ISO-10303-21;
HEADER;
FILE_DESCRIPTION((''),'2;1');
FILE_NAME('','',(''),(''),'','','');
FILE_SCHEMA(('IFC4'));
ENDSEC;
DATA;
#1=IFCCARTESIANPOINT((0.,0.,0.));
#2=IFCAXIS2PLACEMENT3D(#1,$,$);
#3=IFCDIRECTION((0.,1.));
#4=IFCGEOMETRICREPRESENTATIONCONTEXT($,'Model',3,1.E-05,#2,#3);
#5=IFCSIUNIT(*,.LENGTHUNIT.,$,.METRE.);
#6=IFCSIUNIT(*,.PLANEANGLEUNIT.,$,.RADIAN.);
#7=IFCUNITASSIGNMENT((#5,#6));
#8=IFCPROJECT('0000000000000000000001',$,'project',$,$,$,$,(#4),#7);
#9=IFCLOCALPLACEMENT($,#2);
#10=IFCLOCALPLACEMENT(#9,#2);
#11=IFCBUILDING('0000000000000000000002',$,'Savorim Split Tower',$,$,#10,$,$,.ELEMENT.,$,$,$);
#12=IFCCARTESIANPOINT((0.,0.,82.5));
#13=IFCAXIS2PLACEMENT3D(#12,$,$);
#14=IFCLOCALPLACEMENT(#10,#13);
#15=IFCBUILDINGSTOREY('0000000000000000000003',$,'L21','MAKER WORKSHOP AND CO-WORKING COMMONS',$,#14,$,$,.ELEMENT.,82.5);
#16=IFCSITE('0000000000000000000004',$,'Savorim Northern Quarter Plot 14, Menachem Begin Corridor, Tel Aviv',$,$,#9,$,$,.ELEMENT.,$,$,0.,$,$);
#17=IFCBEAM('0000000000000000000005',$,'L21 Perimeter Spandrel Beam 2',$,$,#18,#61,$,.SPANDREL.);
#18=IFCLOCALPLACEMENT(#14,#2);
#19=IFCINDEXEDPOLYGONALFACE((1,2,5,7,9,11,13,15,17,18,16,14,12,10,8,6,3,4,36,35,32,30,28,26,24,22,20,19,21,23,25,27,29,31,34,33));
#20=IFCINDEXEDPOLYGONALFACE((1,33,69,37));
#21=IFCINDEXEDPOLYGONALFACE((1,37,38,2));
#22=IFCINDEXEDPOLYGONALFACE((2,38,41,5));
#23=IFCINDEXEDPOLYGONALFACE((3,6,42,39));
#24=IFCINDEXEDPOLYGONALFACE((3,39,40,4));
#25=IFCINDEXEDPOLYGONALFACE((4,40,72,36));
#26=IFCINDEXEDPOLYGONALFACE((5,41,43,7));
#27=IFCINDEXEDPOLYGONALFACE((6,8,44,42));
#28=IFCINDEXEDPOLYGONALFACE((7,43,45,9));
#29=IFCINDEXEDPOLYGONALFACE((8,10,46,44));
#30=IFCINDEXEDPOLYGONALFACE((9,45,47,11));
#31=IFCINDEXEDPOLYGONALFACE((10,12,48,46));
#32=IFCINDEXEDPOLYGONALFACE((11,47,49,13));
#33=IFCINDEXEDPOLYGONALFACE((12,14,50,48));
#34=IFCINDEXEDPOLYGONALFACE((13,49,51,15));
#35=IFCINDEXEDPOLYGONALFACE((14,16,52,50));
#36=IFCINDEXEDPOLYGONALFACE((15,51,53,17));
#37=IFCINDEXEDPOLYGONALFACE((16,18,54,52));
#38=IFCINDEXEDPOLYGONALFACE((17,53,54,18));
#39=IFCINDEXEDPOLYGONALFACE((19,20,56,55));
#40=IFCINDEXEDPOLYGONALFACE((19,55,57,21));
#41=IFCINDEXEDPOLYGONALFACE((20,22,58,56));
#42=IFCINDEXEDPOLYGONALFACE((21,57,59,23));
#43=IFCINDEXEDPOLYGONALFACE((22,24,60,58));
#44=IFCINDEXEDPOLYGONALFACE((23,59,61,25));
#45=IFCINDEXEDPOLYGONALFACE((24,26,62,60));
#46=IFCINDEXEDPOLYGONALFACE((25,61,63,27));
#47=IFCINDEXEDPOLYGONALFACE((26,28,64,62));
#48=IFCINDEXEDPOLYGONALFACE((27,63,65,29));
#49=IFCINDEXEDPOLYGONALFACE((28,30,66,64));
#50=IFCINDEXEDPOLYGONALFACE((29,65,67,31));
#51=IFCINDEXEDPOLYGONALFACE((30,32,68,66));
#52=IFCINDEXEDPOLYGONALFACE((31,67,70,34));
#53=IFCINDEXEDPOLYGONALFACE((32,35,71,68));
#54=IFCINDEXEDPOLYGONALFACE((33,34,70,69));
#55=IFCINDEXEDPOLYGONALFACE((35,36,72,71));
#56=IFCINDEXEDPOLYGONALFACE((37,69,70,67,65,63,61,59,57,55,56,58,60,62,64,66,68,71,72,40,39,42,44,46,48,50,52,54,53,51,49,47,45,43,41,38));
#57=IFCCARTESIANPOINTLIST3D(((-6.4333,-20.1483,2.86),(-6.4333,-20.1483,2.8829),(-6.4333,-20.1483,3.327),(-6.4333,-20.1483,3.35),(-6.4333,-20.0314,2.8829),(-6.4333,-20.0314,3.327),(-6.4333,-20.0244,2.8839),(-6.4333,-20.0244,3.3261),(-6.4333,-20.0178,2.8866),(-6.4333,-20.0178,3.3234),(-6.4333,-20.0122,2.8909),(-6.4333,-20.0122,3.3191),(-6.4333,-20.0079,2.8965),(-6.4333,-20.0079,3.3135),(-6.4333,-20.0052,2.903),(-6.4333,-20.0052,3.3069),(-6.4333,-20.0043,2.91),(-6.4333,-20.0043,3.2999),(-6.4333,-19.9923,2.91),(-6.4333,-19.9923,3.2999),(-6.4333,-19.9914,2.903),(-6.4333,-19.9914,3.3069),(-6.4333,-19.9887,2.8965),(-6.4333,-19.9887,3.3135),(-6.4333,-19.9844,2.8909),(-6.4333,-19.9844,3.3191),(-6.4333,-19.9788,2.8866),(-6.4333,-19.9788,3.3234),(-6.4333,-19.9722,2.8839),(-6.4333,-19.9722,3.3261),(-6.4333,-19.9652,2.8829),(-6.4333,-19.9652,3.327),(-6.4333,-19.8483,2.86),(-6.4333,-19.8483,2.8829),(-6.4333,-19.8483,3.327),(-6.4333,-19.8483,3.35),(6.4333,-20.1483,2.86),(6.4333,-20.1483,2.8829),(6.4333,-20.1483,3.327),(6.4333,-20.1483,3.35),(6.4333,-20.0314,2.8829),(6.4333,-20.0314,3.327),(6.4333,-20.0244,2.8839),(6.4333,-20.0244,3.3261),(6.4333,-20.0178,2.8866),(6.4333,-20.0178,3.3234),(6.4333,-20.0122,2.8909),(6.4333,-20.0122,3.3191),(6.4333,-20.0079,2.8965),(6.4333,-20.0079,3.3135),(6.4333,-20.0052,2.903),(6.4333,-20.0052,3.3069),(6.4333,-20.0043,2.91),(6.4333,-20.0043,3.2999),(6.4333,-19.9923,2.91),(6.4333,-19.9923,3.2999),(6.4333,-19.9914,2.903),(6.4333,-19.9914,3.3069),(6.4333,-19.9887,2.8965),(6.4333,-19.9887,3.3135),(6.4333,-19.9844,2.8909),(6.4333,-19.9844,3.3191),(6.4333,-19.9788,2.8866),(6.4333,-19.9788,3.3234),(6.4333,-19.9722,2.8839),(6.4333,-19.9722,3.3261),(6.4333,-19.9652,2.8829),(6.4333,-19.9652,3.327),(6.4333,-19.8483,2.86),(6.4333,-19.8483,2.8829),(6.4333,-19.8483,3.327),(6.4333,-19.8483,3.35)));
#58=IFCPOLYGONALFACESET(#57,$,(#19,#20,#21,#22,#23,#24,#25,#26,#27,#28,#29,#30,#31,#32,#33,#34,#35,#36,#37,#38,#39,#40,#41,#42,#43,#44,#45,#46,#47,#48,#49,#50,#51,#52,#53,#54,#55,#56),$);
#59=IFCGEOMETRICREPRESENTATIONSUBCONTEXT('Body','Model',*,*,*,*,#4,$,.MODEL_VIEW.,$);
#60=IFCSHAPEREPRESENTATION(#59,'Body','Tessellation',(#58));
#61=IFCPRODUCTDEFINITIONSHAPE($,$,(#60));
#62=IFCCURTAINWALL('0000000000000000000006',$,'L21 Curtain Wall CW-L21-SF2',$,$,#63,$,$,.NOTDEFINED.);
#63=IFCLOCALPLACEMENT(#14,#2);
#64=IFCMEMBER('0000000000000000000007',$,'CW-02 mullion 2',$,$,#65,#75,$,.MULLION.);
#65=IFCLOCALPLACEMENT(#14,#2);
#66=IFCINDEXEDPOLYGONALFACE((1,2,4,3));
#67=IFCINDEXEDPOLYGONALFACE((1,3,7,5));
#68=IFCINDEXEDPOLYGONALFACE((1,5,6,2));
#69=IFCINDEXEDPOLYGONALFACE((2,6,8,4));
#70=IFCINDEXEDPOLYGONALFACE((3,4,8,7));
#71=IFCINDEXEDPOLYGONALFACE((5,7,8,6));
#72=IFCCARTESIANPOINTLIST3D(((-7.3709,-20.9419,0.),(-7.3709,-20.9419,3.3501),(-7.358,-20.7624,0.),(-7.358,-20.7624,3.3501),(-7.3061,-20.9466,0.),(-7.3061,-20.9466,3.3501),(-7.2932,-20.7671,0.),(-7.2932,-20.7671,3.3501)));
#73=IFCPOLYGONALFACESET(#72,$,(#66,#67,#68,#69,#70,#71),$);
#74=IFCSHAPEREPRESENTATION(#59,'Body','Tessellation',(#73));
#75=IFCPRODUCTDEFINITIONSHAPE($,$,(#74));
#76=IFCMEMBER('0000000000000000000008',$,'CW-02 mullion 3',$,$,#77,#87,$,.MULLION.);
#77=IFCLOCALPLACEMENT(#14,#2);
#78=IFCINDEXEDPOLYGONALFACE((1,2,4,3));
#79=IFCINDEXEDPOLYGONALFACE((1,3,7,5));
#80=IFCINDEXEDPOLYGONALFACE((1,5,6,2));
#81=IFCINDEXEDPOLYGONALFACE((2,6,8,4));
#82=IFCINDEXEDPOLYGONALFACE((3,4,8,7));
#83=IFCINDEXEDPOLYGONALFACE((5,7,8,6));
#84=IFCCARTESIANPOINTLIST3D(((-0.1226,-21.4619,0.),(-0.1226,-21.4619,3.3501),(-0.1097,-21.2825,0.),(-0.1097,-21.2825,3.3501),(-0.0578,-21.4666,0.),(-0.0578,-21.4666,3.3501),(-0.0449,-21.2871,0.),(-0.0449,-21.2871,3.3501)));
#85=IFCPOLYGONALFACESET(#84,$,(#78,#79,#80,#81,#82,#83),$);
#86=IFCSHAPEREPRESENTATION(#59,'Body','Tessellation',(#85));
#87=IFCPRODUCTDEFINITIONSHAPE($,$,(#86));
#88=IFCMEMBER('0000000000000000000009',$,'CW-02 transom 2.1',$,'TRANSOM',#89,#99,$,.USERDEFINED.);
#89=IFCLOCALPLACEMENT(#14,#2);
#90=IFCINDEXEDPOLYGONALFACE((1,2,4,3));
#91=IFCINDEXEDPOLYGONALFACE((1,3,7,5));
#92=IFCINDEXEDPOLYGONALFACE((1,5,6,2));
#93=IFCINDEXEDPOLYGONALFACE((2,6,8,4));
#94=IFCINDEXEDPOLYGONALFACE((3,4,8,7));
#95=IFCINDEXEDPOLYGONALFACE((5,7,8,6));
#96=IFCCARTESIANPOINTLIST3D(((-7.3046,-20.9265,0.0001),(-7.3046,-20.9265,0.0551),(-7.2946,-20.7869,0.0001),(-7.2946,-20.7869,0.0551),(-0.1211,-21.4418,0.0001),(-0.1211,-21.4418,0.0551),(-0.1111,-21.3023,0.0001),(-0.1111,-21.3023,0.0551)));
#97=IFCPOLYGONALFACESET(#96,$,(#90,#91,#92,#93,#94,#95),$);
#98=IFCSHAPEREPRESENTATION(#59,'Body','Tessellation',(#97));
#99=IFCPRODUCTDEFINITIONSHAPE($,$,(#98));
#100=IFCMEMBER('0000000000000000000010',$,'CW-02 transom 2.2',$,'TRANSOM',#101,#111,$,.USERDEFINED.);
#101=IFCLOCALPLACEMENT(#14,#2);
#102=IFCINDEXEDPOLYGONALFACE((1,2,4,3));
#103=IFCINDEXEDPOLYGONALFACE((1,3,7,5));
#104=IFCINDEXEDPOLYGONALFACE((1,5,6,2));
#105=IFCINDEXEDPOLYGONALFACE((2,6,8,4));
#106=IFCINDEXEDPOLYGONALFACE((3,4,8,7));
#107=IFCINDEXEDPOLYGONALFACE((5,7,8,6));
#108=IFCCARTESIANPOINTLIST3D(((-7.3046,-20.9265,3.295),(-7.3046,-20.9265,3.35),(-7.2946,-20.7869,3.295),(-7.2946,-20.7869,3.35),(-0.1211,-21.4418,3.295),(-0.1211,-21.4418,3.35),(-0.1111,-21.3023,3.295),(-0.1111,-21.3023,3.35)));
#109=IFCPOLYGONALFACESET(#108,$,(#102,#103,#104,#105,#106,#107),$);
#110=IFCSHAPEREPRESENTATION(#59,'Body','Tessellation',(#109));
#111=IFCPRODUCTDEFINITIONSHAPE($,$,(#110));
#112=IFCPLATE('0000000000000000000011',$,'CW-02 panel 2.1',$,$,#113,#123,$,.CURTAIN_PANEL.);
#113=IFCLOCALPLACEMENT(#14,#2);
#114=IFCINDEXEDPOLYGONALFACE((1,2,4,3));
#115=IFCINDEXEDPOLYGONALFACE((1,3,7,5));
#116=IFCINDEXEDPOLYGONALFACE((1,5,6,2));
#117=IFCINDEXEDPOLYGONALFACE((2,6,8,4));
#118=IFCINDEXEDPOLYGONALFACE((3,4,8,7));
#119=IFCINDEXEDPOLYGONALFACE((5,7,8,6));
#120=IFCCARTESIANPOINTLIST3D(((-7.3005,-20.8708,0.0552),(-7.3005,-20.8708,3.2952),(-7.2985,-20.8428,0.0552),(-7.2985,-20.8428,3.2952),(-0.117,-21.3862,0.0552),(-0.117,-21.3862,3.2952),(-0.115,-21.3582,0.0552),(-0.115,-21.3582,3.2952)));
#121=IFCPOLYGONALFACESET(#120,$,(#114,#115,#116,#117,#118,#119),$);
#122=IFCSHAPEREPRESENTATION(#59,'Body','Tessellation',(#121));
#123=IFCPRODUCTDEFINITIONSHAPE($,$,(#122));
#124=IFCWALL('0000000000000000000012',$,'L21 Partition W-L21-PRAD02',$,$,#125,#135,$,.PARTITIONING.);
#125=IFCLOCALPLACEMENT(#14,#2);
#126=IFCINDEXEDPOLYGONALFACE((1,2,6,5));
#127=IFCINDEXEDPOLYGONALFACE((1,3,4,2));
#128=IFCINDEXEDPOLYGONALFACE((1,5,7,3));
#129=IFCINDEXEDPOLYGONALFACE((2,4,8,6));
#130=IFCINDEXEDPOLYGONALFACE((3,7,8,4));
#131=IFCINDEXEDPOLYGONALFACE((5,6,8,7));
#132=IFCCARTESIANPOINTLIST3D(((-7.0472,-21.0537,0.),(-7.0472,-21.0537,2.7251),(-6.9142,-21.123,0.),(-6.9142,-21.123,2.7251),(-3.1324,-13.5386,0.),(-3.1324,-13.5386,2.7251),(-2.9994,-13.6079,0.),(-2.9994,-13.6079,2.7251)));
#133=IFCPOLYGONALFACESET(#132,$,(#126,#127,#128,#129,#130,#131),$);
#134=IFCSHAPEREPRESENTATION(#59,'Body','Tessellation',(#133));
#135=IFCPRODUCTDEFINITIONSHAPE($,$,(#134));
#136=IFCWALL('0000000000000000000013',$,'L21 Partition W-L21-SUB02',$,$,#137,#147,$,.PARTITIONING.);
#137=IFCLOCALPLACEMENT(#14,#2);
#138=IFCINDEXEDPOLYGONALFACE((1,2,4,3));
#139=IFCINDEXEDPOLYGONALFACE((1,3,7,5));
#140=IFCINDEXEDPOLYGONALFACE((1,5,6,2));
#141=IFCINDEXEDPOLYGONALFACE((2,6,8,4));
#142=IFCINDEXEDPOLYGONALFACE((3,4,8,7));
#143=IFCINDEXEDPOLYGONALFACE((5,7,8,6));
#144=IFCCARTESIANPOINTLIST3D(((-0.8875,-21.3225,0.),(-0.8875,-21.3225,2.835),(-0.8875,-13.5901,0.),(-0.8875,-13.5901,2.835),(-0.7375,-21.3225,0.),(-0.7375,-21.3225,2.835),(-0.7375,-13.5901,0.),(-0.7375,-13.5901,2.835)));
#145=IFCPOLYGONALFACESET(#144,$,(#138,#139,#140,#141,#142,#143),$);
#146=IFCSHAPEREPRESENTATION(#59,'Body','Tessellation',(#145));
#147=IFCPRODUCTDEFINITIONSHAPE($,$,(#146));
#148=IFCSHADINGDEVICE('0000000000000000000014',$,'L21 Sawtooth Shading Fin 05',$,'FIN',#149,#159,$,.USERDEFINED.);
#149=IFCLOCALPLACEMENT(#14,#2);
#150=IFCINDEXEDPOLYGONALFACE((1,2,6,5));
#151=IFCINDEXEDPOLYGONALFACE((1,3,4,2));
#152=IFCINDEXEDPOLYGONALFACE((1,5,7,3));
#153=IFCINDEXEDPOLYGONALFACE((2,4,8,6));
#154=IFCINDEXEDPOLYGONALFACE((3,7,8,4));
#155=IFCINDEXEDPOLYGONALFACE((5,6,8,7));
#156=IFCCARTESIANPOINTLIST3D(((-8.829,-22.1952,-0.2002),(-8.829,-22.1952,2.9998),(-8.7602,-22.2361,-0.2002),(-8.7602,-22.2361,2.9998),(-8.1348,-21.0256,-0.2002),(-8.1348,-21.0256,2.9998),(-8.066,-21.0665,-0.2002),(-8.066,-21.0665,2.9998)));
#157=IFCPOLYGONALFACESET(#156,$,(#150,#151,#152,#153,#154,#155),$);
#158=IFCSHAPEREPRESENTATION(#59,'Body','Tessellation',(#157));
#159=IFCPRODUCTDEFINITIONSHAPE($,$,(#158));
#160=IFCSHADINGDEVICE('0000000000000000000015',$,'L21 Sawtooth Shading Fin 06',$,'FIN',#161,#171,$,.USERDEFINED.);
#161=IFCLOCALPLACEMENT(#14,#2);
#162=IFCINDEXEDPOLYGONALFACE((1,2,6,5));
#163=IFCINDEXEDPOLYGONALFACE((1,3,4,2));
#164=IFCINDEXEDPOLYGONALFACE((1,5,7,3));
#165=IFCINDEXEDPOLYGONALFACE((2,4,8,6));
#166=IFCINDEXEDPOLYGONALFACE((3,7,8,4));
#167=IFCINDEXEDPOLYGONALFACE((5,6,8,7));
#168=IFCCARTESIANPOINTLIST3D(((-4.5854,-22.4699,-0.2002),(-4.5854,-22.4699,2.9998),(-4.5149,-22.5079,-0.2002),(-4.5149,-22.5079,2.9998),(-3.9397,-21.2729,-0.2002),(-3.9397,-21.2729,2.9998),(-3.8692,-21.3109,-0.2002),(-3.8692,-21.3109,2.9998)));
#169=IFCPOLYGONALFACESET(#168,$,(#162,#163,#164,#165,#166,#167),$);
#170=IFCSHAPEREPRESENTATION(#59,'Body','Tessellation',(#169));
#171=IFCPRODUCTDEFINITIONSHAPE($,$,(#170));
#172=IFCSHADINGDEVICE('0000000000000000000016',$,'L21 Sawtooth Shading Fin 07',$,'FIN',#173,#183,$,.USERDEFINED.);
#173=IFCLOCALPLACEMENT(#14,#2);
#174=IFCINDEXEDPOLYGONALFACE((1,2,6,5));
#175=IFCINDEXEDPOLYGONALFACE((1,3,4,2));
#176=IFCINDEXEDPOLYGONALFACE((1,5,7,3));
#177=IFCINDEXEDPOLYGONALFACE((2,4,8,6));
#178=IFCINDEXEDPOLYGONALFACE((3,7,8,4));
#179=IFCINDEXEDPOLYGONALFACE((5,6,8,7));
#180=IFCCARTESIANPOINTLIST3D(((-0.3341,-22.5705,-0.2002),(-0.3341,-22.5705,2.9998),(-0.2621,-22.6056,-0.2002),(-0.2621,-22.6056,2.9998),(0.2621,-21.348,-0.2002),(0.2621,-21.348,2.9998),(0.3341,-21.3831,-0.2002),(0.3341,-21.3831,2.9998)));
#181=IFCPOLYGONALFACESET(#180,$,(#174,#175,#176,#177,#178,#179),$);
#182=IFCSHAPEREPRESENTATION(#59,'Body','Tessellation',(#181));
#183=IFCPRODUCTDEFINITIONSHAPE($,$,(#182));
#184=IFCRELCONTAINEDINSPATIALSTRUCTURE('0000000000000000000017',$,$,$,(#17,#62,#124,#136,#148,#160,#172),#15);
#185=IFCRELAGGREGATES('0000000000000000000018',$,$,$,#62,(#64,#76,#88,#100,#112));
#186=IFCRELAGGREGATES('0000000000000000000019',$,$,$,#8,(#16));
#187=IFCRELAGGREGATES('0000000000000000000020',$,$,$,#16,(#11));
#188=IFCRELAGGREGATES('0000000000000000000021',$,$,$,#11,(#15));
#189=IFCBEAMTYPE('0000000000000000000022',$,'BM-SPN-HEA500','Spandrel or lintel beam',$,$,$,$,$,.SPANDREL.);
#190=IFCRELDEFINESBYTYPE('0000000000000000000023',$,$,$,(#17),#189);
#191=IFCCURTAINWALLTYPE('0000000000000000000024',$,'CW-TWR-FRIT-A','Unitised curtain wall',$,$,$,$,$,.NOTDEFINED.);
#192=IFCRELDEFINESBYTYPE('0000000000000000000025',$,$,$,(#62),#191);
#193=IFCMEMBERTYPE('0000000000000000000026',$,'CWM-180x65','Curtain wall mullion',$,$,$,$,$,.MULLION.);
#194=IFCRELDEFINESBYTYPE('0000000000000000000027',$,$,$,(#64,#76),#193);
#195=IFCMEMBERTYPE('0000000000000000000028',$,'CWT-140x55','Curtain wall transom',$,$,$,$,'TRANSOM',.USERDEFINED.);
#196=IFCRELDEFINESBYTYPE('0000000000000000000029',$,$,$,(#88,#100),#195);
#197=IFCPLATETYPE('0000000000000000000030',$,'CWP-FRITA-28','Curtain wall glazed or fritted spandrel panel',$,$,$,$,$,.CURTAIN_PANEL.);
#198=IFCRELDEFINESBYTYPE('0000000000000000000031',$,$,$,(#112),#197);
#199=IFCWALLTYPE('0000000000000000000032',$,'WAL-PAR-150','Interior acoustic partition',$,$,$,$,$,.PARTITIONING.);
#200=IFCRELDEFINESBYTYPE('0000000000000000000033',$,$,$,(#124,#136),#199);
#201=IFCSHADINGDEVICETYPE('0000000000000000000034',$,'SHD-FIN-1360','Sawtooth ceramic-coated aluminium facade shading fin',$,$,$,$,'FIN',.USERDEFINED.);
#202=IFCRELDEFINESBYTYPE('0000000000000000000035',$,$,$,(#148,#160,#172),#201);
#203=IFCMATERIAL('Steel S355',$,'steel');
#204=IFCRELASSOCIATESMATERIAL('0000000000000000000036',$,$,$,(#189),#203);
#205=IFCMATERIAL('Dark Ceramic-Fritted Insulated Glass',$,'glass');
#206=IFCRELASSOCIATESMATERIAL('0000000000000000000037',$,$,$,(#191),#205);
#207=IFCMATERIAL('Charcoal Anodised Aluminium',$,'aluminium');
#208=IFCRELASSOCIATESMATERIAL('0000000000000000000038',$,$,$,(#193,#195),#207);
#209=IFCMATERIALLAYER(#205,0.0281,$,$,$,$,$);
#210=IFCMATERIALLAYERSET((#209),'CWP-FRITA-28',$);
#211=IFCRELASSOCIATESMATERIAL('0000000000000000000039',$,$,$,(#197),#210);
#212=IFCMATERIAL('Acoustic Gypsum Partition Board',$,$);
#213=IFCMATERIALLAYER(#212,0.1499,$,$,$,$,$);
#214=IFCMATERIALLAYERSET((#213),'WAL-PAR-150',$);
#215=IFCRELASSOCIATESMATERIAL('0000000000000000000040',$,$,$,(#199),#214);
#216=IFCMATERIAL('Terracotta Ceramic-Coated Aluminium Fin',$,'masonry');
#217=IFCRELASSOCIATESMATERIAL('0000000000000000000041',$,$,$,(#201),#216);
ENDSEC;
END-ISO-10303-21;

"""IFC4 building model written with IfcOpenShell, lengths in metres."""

from ifc_helpers import new_model, si_unit, direction, frame, frame_2d, origin, origin_2d, place, context, subcontext, project, spatial, rectangle, i_section, extrude, material, layer, layer_set, material_profile, profile_set, type_object, element, aggregate, save


model = new_model("IFC4")

# Units and contexts
model_context = context("Model", 3, precision=1e-05, world=origin(), true_north=direction((0.0, 1.0)))
body_context = subcontext(model_context, "Body", "Model", "MODEL_VIEW")
ifc_project = project(units=[si_unit("LENGTHUNIT", "METRE"), si_unit("PLANEANGLEUNIT", "RADIAN")], contexts=[model_context])

# Site, building, storey
site_placement = place(None, origin())
site = spatial("IfcSite", under=ifc_project, at=site_placement, Name="Savorim Northern Quarter Plot 14, Menachem Begin Corridor, Tel Aviv", CompositionType="ELEMENT", RefElevation=0.0)
building_placement = place(site_placement, origin())
building = spatial("IfcBuilding", under=site, at=building_placement, Name="Savorim Split Tower", CompositionType="ELEMENT")
storey_placement = place(building_placement, frame((0.0, 0.0, 82.5)))
storey = spatial("IfcBuildingStorey", under=building, at=storey_placement, Name="L21", Description="MAKER WORKSHOP AND CO-WORKING COMMONS", CompositionType="ELEMENT", Elevation=82.5)

# Beam
ifc_material_1 = material(Name="Steel S355", Category="steel")
ifc_material_profile_1 = material_profile(ifc_material_1, i_section(OverallWidth=0.3, OverallDepth=0.49, WebThickness=0.012, FlangeThickness=0.0229, FilletRadius=0.0271, at=origin_2d()), Name="HEA 500")
ifc_profile_set_1 = profile_set([ifc_material_profile_1], Name="Steel S355")
beam_type_1 = type_object("IfcBeamType", Name="BM-SPN-HEA500", Description="Spandrel or lintel beam", PredefinedType="SPANDREL", material=ifc_profile_set_1)
beam_1_placement = place(storey_placement, frame((-6.4333, -19.9983, 3.105), z_axis=(1.0, 0.0, 0.0), x_axis=(0.0, 1.0, 0.0)))
element("IfcBeam", 1, at=beam_1_placement, inside=storey, type_object=beam_type_1, Name="L21 Perimeter Spandrel Beam 2", PredefinedType="SPANDREL", context=body_context, shape_type="SweptSolid", body=[
    extrude(i_section(OverallWidth=0.3, OverallDepth=0.49, WebThickness=0.012, FlangeThickness=0.0229, FilletRadius=0.0271, at=origin_2d()), origin(), (0.0, 0.0, 1.0), 12.8667),
])

# Curtain wall, members, plate
ifc_material_2 = material(Name="Dark Ceramic-Fritted Insulated Glass", Category="glass")
curtain_wall_type = type_object("IfcCurtainWallType", Name="CW-TWR-FRIT-A", Description="Unitised curtain wall", PredefinedType="NOTDEFINED", material=ifc_material_2)
curtain_wall_placement = place(storey_placement, origin())
curtain_wall = element("IfcCurtainWall", 2, at=curtain_wall_placement, inside=storey, type_object=curtain_wall_type, Name="L21 Curtain Wall CW-L21-SF2", PredefinedType="NOTDEFINED")
ifc_material_3 = material(Name="Charcoal Anodised Aluminium", Category="aluminium")
ifc_material_profile_2 = material_profile(ifc_material_3, rectangle(XDim=0.1799, YDim=0.0649, at=origin_2d()), Name="ALU-M 180x65")
ifc_profile_set_2 = profile_set([ifc_material_profile_2], Name="Charcoal Anodised Aluminium")
member_type_1 = type_object("IfcMemberType", Name="CWM-180x65", Description="Curtain wall mullion", PredefinedType="MULLION", material=ifc_profile_set_2)
member_1_placement = place(storey_placement, frame((-7.332, -20.8545, 0.0), z_axis=(0.0, 0.0, 1.0), x_axis=(0.071561, 0.997436, 0.0)))
member_1 = element("IfcMember", 3, at=member_1_placement, type_object=member_type_1, Name="CW-02 mullion 2", PredefinedType="MULLION", context=body_context, shape_type="SweptSolid", body=[
    extrude(rectangle(XDim=0.1799, YDim=0.0649, at=origin_2d()), origin(), (0.0, 0.0, 1.0), 3.3501),
])
member_2_placement = place(storey_placement, frame((-0.0837, -21.3745, 0.0), z_axis=(0.0, 0.0, 1.0), x_axis=(0.071561, 0.997436, 0.0)))
member_2 = element("IfcMember", 4, at=member_2_placement, type_object=member_type_1, Name="CW-02 mullion 3", PredefinedType="MULLION", context=body_context, shape_type="SweptSolid", body=[
    extrude(rectangle(XDim=0.1799, YDim=0.0649, at=origin_2d()), origin(), (0.0, 0.0, 1.0), 3.3501),
])
ifc_material_profile_3 = material_profile(ifc_material_3, rectangle(XDim=0.1399, YDim=0.0549, at=origin_2d()), Name="ALU-T 140x55")
ifc_profile_set_3 = profile_set([ifc_material_profile_3], Name="Charcoal Anodised Aluminium")
member_type_2 = type_object("IfcMemberType", Name="CWT-140x55", Description="Curtain wall transom", ElementType="TRANSOM", PredefinedType="USERDEFINED", material=ifc_profile_set_3)
member_3_placement = place(storey_placement, frame((-7.2996, -20.8567, 0.0276), z_axis=(0.997436, -0.071563, 0.0), x_axis=(0.071563, 0.997436, 0.0)))
member_3 = element("IfcMember", 5, at=member_3_placement, type_object=member_type_2, Name="CW-02 transom 2.1", ObjectType="TRANSOM", PredefinedType="USERDEFINED", context=body_context, shape_type="SweptSolid", body=[
    extrude(rectangle(XDim=0.1399, YDim=0.0549, at=origin_2d()), origin(), (0.0, 0.0, 1.0), 7.2019),
])
member_4_placement = place(storey_placement, frame((-7.2996, -20.8567, 3.3225), z_axis=(0.997436, -0.071563, 0.0), x_axis=(0.071563, 0.997436, 0.0)))
member_4 = element("IfcMember", 6, at=member_4_placement, type_object=member_type_2, Name="CW-02 transom 2.2", ObjectType="TRANSOM", PredefinedType="USERDEFINED", context=body_context, shape_type="SweptSolid", body=[
    extrude(rectangle(XDim=0.1399, YDim=0.0549, at=origin_2d()), origin(), (0.0, 0.0, 1.0), 7.2019),
])
ifc_layer_1 = layer(ifc_material_2, 0.0281)
ifc_layer_set_1 = layer_set([ifc_layer_1], Name="CWP-FRITA-28")
plate_type = type_object("IfcPlateType", Name="CWP-FRITA-28", Description="Curtain wall glazed or fritted spandrel panel", PredefinedType="CURTAIN_PANEL", material=ifc_layer_set_1)
plate_placement = place(storey_placement, frame((-3.7078, -21.1145, 0.0552), z_axis=(0.0, 0.0, 1.0), x_axis=(0.997436, -0.071561, 0.0)))
plate = element("IfcPlate", 7, at=plate_placement, type_object=plate_type, Name="CW-02 panel 2.1", PredefinedType="CURTAIN_PANEL", context=body_context, shape_type="SweptSolid", body=[
    extrude(rectangle(XDim=7.2019, YDim=0.0281, at=origin_2d()), origin(), (0.0, 0.0, 1.0), 3.24),
])
aggregate(curtain_wall, [member_1, member_2, member_3, member_4, plate])

# Walls
ifc_material_4 = material(Name="Acoustic Gypsum Partition Board")
ifc_layer_2 = layer(ifc_material_4, 0.1499)
ifc_layer_set_2 = layer_set([ifc_layer_2], Name="WAL-PAR-150")
wall_type = type_object("IfcWallType", Name="WAL-PAR-150", Description="Interior acoustic partition", PredefinedType="PARTITIONING", material=ifc_layer_set_2)
wall_1_placement = place(storey_placement, frame((-3.0659, -13.5732, 0.0), z_axis=(0.0, 0.0, 1.0), x_axis=(-0.461996, -0.886882, 0.0)))
element("IfcWall", 8, at=wall_1_placement, inside=storey, type_object=wall_type, Name="L21 Partition W-L21-PRAD02", PredefinedType="PARTITIONING", context=body_context, shape_type="SweptSolid", body=[
    extrude(rectangle(XDim=8.4736, YDim=0.1499, at=frame_2d((4.2368, 0.0))), origin(), (0.0, 0.0, 1.0), 2.7251),
])
wall_2_placement = place(storey_placement, frame((-0.8125, -13.5901, 0.0), z_axis=(0.0, 0.0, 1.0), x_axis=(0.0, -1.0, 0.0)))
element("IfcWall", 9, at=wall_2_placement, inside=storey, type_object=wall_type, Name="L21 Partition W-L21-SUB02", PredefinedType="PARTITIONING", context=body_context, shape_type="SweptSolid", body=[
    extrude(rectangle(XDim=7.7324, YDim=0.1499, at=frame_2d((3.8662, 0.0))), origin(), (0.0, 0.0, 1.0), 2.835),
])

# Shading devices
ifc_material_5 = material(Name="Terracotta Ceramic-Coated Aluminium Fin", Category="masonry")
shading_device_type = type_object("IfcShadingDeviceType", Name="SHD-FIN-1360", Description="Sawtooth ceramic-coated aluminium facade shading fin", ElementType="FIN", PredefinedType="USERDEFINED", material=ifc_material_5)
for number, where, z_axis, x_axis, name in (
    (10, (-8.4475, -21.6309, -0.2002), (0.0, 0.0, 1.0), (-0.510391, -0.859942, 0.0), "L21 Sawtooth Shading Fin 05"),
    (11, (-4.2273, -21.8904, -0.2002), (0.0, 0.0, 1.0), (-0.474778, -0.880106, 0.0), "L21 Sawtooth Shading Fin 06"),
    (12, (0.0, -21.9768, -0.2002), (0.0, 0.0, 1.0), (-0.438371, -0.898794, 0.0), "L21 Sawtooth Shading Fin 07"),
):
    element("IfcShadingDevice", number, at=place(storey_placement, frame(where, z_axis=z_axis, x_axis=x_axis)), inside=storey, type_object=shading_device_type, Name=name, ObjectType="FIN", PredefinedType="USERDEFINED", context=body_context, shape_type="SweptSolid", body=[
        extrude(rectangle(XDim=1.3601, YDim=0.0801, at=origin_2d()), origin(), (0.0, 0.0, 1.0), 3.2),
    ])

save(model, "model.ifc")
